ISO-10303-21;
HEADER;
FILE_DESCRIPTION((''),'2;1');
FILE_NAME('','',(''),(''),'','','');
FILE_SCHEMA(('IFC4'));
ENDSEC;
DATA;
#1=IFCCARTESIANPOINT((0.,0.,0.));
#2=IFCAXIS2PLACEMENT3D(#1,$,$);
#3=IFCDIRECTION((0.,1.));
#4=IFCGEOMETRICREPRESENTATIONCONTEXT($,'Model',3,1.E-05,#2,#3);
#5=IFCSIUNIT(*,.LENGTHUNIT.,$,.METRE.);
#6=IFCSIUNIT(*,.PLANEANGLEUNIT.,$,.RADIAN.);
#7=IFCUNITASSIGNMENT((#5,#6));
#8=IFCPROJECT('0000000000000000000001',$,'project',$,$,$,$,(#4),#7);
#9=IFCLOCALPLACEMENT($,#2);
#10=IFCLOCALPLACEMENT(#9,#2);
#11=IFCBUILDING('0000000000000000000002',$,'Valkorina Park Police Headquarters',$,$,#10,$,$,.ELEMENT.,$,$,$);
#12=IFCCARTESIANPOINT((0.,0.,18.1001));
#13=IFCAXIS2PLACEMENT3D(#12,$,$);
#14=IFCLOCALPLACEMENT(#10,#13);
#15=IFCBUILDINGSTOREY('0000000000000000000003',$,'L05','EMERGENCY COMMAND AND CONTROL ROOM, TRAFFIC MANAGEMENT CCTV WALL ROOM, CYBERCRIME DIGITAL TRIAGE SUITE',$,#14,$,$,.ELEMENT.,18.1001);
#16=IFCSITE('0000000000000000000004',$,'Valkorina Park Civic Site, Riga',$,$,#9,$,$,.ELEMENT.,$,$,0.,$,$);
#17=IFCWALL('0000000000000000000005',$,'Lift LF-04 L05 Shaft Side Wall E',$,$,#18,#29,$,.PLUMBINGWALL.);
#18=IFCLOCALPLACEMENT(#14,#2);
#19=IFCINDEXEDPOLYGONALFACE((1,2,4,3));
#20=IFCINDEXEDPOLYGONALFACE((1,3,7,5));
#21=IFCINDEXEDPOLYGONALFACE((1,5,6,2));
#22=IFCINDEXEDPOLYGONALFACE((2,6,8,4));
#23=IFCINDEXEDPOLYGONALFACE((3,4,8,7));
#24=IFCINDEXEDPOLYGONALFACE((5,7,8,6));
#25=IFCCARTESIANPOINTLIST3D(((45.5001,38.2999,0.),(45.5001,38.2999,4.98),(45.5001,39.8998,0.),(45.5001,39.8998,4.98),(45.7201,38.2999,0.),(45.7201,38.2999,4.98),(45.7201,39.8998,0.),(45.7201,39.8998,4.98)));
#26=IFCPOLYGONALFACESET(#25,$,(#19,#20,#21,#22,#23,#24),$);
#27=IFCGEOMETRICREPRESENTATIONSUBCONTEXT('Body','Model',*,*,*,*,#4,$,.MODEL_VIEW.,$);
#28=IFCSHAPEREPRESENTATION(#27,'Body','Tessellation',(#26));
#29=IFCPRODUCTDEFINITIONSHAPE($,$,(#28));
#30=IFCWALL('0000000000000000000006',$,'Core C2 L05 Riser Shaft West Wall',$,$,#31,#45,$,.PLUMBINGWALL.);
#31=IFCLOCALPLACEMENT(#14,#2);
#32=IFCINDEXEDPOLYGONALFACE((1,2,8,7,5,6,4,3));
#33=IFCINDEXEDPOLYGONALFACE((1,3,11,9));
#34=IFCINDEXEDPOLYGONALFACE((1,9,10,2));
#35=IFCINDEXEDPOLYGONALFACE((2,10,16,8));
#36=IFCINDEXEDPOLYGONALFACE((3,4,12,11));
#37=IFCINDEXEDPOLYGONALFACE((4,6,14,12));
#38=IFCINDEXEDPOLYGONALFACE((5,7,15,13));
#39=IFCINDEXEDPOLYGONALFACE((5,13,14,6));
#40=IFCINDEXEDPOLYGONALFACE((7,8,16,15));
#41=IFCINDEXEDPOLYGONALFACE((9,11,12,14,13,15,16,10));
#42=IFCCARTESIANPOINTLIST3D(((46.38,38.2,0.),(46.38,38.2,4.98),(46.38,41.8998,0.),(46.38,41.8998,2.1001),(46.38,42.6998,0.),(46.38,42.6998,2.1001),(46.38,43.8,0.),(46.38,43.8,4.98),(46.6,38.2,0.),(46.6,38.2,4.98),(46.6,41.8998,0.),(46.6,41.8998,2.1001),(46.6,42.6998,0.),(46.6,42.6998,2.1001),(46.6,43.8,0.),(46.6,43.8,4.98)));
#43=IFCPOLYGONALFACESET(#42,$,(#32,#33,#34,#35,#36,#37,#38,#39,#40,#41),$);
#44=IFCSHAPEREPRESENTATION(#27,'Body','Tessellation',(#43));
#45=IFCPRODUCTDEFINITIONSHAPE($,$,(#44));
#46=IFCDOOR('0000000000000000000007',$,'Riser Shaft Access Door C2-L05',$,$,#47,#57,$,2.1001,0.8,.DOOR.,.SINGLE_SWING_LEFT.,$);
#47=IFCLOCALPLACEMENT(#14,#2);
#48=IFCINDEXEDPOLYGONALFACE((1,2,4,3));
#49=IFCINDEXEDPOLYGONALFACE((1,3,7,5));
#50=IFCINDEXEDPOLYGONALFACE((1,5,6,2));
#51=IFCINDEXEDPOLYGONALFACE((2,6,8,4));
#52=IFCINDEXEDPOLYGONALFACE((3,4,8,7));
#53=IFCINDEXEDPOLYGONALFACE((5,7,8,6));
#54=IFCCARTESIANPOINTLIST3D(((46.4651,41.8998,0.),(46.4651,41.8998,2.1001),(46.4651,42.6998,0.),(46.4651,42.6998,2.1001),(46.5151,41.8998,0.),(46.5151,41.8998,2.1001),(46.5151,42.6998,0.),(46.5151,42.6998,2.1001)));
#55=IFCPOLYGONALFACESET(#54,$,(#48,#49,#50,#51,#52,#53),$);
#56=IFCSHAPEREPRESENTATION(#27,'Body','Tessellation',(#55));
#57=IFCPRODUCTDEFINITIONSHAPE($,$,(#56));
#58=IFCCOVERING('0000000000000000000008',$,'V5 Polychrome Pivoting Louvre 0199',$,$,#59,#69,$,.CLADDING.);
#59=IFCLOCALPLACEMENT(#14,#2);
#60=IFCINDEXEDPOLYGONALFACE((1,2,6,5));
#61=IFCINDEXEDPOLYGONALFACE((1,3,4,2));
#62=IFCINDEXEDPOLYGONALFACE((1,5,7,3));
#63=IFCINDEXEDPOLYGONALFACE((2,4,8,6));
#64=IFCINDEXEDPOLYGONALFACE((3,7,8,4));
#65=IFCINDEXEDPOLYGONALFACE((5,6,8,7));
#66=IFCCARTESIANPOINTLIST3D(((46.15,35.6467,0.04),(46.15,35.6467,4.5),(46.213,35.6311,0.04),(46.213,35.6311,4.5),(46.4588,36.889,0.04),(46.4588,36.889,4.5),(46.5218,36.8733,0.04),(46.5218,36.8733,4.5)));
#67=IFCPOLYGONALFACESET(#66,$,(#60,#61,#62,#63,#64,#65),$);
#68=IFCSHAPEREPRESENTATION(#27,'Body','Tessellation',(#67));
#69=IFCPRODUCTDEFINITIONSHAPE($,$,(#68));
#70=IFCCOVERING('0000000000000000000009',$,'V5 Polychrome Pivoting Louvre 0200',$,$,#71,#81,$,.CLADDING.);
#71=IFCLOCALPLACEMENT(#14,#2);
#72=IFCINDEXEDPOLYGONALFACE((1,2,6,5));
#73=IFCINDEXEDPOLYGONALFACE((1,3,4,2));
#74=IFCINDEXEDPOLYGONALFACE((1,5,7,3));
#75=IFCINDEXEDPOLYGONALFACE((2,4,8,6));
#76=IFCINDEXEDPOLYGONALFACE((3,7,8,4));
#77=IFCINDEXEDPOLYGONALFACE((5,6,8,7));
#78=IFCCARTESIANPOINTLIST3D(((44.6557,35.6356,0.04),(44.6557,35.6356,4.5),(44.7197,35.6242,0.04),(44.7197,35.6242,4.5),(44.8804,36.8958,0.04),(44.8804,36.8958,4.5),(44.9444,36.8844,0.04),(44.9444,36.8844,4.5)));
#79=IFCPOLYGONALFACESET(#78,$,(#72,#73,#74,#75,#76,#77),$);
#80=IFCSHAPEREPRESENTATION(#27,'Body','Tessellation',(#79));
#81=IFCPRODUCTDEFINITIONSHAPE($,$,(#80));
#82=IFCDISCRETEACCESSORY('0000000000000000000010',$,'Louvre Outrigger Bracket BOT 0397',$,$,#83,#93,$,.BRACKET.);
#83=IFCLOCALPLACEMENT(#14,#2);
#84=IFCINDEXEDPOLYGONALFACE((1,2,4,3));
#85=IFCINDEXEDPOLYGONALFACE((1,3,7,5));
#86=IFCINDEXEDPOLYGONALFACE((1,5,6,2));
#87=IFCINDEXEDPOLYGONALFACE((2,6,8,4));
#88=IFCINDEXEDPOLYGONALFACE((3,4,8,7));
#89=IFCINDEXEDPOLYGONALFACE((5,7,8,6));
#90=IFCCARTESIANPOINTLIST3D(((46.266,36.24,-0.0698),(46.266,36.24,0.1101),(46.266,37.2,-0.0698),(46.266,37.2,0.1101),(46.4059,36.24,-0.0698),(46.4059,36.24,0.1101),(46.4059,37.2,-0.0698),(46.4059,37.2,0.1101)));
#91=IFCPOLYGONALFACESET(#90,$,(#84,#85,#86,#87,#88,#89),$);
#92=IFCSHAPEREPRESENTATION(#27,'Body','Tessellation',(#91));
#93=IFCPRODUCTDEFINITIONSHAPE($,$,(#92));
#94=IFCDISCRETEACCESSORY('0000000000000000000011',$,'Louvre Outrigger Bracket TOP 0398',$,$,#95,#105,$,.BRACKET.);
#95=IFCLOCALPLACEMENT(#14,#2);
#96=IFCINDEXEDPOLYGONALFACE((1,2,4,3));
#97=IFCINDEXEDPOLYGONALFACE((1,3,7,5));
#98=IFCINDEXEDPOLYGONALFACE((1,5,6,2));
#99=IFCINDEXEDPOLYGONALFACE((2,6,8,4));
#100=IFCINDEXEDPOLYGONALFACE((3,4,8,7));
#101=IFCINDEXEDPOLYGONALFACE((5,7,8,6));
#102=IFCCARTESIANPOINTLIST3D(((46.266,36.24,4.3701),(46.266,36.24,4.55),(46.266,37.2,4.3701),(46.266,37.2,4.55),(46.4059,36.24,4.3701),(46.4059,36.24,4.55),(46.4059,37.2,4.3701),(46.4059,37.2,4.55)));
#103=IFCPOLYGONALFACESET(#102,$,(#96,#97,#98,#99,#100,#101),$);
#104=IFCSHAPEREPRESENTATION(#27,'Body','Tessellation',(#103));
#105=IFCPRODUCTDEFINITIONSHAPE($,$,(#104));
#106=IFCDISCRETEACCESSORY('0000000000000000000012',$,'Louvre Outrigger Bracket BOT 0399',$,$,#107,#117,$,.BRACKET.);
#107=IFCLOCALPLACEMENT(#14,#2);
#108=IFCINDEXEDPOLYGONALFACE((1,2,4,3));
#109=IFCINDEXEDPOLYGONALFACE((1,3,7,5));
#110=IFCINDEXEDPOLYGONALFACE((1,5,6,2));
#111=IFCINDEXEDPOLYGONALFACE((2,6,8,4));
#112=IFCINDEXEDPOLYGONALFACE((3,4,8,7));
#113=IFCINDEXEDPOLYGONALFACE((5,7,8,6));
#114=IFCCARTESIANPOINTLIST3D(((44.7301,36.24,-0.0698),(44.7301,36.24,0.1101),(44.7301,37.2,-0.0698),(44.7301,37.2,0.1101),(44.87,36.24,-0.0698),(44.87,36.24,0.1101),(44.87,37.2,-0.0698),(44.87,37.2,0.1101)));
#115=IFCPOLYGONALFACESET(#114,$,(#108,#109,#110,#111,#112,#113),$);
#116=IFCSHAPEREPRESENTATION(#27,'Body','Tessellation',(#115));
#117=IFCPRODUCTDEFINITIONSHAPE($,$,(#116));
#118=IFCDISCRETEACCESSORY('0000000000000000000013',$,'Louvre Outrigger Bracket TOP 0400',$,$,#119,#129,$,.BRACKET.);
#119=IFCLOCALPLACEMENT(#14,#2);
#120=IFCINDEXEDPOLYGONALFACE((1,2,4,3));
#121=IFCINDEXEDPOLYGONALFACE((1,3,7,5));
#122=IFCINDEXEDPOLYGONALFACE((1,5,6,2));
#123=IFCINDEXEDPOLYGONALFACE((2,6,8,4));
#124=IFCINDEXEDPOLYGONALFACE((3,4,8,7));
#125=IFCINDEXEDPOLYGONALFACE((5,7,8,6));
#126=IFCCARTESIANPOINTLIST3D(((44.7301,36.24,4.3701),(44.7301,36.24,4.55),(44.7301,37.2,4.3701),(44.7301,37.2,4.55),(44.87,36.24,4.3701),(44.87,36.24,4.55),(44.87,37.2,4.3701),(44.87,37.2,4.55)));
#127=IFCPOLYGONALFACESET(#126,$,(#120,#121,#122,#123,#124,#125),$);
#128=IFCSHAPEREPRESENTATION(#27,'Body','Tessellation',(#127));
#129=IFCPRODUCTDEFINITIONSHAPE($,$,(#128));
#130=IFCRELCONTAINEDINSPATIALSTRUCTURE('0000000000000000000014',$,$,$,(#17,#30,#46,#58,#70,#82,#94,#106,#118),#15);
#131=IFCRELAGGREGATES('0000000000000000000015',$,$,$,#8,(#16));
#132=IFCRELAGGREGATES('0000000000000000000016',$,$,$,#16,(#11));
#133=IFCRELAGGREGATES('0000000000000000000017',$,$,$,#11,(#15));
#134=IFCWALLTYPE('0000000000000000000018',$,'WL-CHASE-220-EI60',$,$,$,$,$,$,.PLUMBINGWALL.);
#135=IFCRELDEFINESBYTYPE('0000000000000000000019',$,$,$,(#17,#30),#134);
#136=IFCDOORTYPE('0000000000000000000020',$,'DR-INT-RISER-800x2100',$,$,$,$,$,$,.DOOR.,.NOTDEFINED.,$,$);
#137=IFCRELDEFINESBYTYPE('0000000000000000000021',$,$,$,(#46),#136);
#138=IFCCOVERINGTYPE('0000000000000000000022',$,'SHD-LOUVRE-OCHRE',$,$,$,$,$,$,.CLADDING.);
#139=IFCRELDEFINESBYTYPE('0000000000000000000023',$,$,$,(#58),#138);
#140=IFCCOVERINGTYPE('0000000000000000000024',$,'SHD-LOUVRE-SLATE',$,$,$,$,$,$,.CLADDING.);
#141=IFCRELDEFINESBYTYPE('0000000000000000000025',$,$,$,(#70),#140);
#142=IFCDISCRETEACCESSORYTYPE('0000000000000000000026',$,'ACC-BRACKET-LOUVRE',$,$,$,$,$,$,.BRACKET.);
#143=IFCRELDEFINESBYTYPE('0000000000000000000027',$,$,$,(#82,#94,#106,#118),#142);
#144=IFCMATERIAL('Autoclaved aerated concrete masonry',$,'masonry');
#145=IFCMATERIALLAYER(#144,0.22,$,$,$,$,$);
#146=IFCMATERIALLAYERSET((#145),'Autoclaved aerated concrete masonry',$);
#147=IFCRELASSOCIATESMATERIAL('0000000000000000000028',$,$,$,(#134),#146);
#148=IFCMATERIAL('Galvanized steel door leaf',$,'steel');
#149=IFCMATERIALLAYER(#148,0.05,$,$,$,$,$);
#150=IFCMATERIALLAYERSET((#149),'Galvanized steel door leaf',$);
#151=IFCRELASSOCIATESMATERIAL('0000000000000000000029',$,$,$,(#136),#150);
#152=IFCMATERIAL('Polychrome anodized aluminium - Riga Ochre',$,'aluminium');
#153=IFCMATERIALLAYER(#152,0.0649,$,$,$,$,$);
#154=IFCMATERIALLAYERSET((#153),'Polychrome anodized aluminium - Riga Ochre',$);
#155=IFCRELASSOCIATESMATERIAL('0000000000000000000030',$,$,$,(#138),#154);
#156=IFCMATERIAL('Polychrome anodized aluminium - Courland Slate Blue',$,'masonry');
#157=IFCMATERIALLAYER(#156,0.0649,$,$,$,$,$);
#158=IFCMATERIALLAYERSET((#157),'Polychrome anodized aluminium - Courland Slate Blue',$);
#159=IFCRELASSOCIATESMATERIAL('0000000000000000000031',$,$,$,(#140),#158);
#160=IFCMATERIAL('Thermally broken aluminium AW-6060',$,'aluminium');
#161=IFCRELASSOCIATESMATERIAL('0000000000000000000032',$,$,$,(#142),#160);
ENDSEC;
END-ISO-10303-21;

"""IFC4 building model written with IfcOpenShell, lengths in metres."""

from ifc_helpers import new_model, si_unit, direction, frame, frame_2d, origin, origin_2d, place, context, subcontext, project, spatial, rectangle, extrude, material, layer, layer_set, type_object, element, fill, save


model = new_model("IFC4")

# Units and contexts
model_context = context("Model", 3, precision=1e-05, world=origin(), true_north=direction((0.0, 1.0)))
body_context = subcontext(model_context, "Body", "Model", "MODEL_VIEW")
ifc_project = project(units=[si_unit("LENGTHUNIT", "METRE"), si_unit("PLANEANGLEUNIT", "RADIAN")], contexts=[model_context])

# Site, building, storey
site_placement = place(None, origin())
site = spatial("IfcSite", under=ifc_project, at=site_placement, Name="Valkorina Park Civic Site, Riga", CompositionType="ELEMENT", RefElevation=0.0)
building_placement = place(site_placement, origin())
building = spatial("IfcBuilding", under=site, at=building_placement, Name="Valkorina Park Police Headquarters", CompositionType="ELEMENT")
storey_placement = place(building_placement, frame((0.0, 0.0, 18.1001)))
storey = spatial("IfcBuildingStorey", under=building, at=storey_placement, Name="L05", Description="EMERGENCY COMMAND AND CONTROL ROOM, TRAFFIC MANAGEMENT CCTV WALL ROOM, CYBERCRIME DIGITAL TRIAGE SUITE", CompositionType="ELEMENT", Elevation=18.1001)

# Shared definitions
ifc_material_1 = material(Name="Thermally broken aluminium AW-6060", Category="aluminium")

# Shared definitions
ifc_material_2 = material(Name="Autoclaved aerated concrete masonry", Category="masonry")
ifc_layer_1 = layer(ifc_material_2, 0.22)
ifc_layer_set_1 = layer_set([ifc_layer_1], Name="Autoclaved aerated concrete masonry")
wall_type = type_object("IfcWallType", Name="WL-CHASE-220-EI60", PredefinedType="PLUMBINGWALL", material=ifc_layer_set_1)

# Wall
for number, where, z_axis, x_axis, name in (
    (1, (45.6101, 38.3, 0.0), (0.0, 0.0, 1.0), (0.0, 1.0, 0.0), "Lift LF-04 L05 Shaft Side Wall E"),
):
    element("IfcWall", number, at=place(storey_placement, frame(where, z_axis=z_axis, x_axis=x_axis)), inside=storey, type_object=wall_type, Name=name, PredefinedType="PLUMBINGWALL", context=body_context, shape_type="SweptSolid", body=[
        extrude(rectangle(XDim=1.5999, YDim=0.22, at=frame_2d((0.7998, 0.0))), origin(), (0.0, 0.0, 1.0), 4.98),
    ])

# Wall, opening, door
wall_1_placement = place(storey_placement, frame((46.49, 38.2, 0.0), z_axis=(0.0, 0.0, 1.0), x_axis=(0.0, 1.0, 0.0)))
wall_1 = element("IfcWall", 2, at=wall_1_placement, inside=storey, type_object=wall_type, Name="Core C2 L05 Riser Shaft West Wall", PredefinedType="PLUMBINGWALL", context=body_context, shape_type="SweptSolid", body=[
    extrude(rectangle(XDim=5.6001, YDim=0.22, at=frame_2d((2.8, 0.0))), origin(), (0.0, 0.0, 1.0), 4.98),
])
opening_1_placement = place(wall_1_placement, frame((3.7, 0.0, 0.0)))
opening_1 = element("IfcOpeningElement", 3, at=opening_1_placement, cuts=wall_1, PredefinedType="OPENING", context=body_context, shape_type="SweptSolid", body=[
    extrude(rectangle(XDim=0.8, YDim=2.1001, at=frame_2d((0.3999, 1.05))), frame((0.0, 0.1201, 0.0), z_axis=(0.0, -1.0, 0.0), x_axis=(1.0, 0.0, 0.0)), (0.0, 0.0, 1.0), 0.24),
])
ifc_material_3 = material(Name="Galvanized steel door leaf", Category="steel")
ifc_layer_2 = layer(ifc_material_3, 0.05)
ifc_layer_set_2 = layer_set([ifc_layer_2], Name="Galvanized steel door leaf")
door_type_1 = type_object("IfcDoorType", Name="DR-INT-RISER-800x2100", OperationType="NOTDEFINED", PredefinedType="DOOR", material=ifc_layer_set_2)
door_1_placement = place(opening_1_placement, origin())
door_1 = element("IfcDoor", 4, at=door_1_placement, inside=storey, type_object=door_type_1, Name="Riser Shaft Access Door C2-L05", OperationType="SINGLE_SWING_LEFT", OverallHeight=2.1001, OverallWidth=0.8, PredefinedType="DOOR", context=body_context, shape_type="SweptSolid", body=[
    extrude(rectangle(XDim=0.8, YDim=2.1001, at=frame_2d((0.3999, 1.05))), frame((0.0, 0.0249, 0.0), z_axis=(0.0, -1.0, 0.0), x_axis=(1.0, 0.0, 0.0)), (0.0, 0.0, 1.0), 0.05),
])
fill(opening_1, door_1)

# Coverings
ifc_material_4 = material(Name="Polychrome anodized aluminium - Riga Ochre", Category="aluminium")
ifc_layer_3 = layer(ifc_material_4, 0.0649)
ifc_layer_set_3 = layer_set([ifc_layer_3], Name="Polychrome anodized aluminium - Riga Ochre")
covering_type_1 = type_object("IfcCoveringType", Name="SHD-LOUVRE-OCHRE", PredefinedType="CLADDING", material=ifc_layer_set_3)
covering_1_placement = place(storey_placement, frame((46.3359, 36.26, 0.04), z_axis=(0.0, 0.0, 1.0), x_axis=(-0.241244, -0.970464, 0.0)))
element("IfcCovering", 5, at=covering_1_placement, inside=storey, type_object=covering_type_1, Name="V5 Polychrome Pivoting Louvre 0199", PredefinedType="CLADDING", context=body_context, shape_type="SweptSolid", body=[
    extrude(rectangle(XDim=1.28, YDim=0.0649, at=origin_2d()), origin(), (0.0, 0.0, 1.0), 4.46),
])
ifc_material_5 = material(Name="Polychrome anodized aluminium - Courland Slate Blue", Category="masonry")
ifc_layer_4 = layer(ifc_material_5, 0.0649)
ifc_layer_set_4 = layer_set([ifc_layer_4], Name="Polychrome anodized aluminium - Courland Slate Blue")
covering_type_2 = type_object("IfcCoveringType", Name="SHD-LOUVRE-SLATE", PredefinedType="CLADDING", material=ifc_layer_set_4)
covering_2_placement = place(storey_placement, frame((44.8, 36.26, 0.04), z_axis=(0.0, 0.0, 1.0), x_axis=(-0.175539, -0.984473, 0.0)))
element("IfcCovering", 6, at=covering_2_placement, inside=storey, type_object=covering_type_2, Name="V5 Polychrome Pivoting Louvre 0200", PredefinedType="CLADDING", context=body_context, shape_type="SweptSolid", body=[
    extrude(rectangle(XDim=1.28, YDim=0.0649, at=origin_2d()), origin(), (0.0, 0.0, 1.0), 4.46),
])

# Discrete accessories
discrete_accessory_type = type_object("IfcDiscreteAccessoryType", Name="ACC-BRACKET-LOUVRE", PredefinedType="BRACKET", material=ifc_material_1)
for number, where, z_axis, x_axis, name in (
    (7, (46.3359, 36.72, -0.0698), (0.0, 0.0, 1.0), (0.0, -1.0, 0.0), "Louvre Outrigger Bracket BOT 0397"),
    (8, (46.3359, 36.72, 4.3701), (0.0, 0.0, 1.0), (0.0, -1.0, 0.0), "Louvre Outrigger Bracket TOP 0398"),
    (9, (44.8, 36.72, -0.0698), (0.0, 0.0, 1.0), (0.0, -1.0, 0.0), "Louvre Outrigger Bracket BOT 0399"),
    (10, (44.8, 36.72, 4.3701), (0.0, 0.0, 1.0), (0.0, -1.0, 0.0), "Louvre Outrigger Bracket TOP 0400"),
):
    element("IfcDiscreteAccessory", number, at=place(storey_placement, frame(where, z_axis=z_axis, x_axis=x_axis)), inside=storey, type_object=discrete_accessory_type, Name=name, PredefinedType="BRACKET", context=body_context, shape_type="SweptSolid", body=[
        extrude(rectangle(XDim=0.96, YDim=0.1399, at=origin_2d()), origin(), (0.0, 0.0, 1.0), 0.1799),
    ])

save(model, "model.ifc")
